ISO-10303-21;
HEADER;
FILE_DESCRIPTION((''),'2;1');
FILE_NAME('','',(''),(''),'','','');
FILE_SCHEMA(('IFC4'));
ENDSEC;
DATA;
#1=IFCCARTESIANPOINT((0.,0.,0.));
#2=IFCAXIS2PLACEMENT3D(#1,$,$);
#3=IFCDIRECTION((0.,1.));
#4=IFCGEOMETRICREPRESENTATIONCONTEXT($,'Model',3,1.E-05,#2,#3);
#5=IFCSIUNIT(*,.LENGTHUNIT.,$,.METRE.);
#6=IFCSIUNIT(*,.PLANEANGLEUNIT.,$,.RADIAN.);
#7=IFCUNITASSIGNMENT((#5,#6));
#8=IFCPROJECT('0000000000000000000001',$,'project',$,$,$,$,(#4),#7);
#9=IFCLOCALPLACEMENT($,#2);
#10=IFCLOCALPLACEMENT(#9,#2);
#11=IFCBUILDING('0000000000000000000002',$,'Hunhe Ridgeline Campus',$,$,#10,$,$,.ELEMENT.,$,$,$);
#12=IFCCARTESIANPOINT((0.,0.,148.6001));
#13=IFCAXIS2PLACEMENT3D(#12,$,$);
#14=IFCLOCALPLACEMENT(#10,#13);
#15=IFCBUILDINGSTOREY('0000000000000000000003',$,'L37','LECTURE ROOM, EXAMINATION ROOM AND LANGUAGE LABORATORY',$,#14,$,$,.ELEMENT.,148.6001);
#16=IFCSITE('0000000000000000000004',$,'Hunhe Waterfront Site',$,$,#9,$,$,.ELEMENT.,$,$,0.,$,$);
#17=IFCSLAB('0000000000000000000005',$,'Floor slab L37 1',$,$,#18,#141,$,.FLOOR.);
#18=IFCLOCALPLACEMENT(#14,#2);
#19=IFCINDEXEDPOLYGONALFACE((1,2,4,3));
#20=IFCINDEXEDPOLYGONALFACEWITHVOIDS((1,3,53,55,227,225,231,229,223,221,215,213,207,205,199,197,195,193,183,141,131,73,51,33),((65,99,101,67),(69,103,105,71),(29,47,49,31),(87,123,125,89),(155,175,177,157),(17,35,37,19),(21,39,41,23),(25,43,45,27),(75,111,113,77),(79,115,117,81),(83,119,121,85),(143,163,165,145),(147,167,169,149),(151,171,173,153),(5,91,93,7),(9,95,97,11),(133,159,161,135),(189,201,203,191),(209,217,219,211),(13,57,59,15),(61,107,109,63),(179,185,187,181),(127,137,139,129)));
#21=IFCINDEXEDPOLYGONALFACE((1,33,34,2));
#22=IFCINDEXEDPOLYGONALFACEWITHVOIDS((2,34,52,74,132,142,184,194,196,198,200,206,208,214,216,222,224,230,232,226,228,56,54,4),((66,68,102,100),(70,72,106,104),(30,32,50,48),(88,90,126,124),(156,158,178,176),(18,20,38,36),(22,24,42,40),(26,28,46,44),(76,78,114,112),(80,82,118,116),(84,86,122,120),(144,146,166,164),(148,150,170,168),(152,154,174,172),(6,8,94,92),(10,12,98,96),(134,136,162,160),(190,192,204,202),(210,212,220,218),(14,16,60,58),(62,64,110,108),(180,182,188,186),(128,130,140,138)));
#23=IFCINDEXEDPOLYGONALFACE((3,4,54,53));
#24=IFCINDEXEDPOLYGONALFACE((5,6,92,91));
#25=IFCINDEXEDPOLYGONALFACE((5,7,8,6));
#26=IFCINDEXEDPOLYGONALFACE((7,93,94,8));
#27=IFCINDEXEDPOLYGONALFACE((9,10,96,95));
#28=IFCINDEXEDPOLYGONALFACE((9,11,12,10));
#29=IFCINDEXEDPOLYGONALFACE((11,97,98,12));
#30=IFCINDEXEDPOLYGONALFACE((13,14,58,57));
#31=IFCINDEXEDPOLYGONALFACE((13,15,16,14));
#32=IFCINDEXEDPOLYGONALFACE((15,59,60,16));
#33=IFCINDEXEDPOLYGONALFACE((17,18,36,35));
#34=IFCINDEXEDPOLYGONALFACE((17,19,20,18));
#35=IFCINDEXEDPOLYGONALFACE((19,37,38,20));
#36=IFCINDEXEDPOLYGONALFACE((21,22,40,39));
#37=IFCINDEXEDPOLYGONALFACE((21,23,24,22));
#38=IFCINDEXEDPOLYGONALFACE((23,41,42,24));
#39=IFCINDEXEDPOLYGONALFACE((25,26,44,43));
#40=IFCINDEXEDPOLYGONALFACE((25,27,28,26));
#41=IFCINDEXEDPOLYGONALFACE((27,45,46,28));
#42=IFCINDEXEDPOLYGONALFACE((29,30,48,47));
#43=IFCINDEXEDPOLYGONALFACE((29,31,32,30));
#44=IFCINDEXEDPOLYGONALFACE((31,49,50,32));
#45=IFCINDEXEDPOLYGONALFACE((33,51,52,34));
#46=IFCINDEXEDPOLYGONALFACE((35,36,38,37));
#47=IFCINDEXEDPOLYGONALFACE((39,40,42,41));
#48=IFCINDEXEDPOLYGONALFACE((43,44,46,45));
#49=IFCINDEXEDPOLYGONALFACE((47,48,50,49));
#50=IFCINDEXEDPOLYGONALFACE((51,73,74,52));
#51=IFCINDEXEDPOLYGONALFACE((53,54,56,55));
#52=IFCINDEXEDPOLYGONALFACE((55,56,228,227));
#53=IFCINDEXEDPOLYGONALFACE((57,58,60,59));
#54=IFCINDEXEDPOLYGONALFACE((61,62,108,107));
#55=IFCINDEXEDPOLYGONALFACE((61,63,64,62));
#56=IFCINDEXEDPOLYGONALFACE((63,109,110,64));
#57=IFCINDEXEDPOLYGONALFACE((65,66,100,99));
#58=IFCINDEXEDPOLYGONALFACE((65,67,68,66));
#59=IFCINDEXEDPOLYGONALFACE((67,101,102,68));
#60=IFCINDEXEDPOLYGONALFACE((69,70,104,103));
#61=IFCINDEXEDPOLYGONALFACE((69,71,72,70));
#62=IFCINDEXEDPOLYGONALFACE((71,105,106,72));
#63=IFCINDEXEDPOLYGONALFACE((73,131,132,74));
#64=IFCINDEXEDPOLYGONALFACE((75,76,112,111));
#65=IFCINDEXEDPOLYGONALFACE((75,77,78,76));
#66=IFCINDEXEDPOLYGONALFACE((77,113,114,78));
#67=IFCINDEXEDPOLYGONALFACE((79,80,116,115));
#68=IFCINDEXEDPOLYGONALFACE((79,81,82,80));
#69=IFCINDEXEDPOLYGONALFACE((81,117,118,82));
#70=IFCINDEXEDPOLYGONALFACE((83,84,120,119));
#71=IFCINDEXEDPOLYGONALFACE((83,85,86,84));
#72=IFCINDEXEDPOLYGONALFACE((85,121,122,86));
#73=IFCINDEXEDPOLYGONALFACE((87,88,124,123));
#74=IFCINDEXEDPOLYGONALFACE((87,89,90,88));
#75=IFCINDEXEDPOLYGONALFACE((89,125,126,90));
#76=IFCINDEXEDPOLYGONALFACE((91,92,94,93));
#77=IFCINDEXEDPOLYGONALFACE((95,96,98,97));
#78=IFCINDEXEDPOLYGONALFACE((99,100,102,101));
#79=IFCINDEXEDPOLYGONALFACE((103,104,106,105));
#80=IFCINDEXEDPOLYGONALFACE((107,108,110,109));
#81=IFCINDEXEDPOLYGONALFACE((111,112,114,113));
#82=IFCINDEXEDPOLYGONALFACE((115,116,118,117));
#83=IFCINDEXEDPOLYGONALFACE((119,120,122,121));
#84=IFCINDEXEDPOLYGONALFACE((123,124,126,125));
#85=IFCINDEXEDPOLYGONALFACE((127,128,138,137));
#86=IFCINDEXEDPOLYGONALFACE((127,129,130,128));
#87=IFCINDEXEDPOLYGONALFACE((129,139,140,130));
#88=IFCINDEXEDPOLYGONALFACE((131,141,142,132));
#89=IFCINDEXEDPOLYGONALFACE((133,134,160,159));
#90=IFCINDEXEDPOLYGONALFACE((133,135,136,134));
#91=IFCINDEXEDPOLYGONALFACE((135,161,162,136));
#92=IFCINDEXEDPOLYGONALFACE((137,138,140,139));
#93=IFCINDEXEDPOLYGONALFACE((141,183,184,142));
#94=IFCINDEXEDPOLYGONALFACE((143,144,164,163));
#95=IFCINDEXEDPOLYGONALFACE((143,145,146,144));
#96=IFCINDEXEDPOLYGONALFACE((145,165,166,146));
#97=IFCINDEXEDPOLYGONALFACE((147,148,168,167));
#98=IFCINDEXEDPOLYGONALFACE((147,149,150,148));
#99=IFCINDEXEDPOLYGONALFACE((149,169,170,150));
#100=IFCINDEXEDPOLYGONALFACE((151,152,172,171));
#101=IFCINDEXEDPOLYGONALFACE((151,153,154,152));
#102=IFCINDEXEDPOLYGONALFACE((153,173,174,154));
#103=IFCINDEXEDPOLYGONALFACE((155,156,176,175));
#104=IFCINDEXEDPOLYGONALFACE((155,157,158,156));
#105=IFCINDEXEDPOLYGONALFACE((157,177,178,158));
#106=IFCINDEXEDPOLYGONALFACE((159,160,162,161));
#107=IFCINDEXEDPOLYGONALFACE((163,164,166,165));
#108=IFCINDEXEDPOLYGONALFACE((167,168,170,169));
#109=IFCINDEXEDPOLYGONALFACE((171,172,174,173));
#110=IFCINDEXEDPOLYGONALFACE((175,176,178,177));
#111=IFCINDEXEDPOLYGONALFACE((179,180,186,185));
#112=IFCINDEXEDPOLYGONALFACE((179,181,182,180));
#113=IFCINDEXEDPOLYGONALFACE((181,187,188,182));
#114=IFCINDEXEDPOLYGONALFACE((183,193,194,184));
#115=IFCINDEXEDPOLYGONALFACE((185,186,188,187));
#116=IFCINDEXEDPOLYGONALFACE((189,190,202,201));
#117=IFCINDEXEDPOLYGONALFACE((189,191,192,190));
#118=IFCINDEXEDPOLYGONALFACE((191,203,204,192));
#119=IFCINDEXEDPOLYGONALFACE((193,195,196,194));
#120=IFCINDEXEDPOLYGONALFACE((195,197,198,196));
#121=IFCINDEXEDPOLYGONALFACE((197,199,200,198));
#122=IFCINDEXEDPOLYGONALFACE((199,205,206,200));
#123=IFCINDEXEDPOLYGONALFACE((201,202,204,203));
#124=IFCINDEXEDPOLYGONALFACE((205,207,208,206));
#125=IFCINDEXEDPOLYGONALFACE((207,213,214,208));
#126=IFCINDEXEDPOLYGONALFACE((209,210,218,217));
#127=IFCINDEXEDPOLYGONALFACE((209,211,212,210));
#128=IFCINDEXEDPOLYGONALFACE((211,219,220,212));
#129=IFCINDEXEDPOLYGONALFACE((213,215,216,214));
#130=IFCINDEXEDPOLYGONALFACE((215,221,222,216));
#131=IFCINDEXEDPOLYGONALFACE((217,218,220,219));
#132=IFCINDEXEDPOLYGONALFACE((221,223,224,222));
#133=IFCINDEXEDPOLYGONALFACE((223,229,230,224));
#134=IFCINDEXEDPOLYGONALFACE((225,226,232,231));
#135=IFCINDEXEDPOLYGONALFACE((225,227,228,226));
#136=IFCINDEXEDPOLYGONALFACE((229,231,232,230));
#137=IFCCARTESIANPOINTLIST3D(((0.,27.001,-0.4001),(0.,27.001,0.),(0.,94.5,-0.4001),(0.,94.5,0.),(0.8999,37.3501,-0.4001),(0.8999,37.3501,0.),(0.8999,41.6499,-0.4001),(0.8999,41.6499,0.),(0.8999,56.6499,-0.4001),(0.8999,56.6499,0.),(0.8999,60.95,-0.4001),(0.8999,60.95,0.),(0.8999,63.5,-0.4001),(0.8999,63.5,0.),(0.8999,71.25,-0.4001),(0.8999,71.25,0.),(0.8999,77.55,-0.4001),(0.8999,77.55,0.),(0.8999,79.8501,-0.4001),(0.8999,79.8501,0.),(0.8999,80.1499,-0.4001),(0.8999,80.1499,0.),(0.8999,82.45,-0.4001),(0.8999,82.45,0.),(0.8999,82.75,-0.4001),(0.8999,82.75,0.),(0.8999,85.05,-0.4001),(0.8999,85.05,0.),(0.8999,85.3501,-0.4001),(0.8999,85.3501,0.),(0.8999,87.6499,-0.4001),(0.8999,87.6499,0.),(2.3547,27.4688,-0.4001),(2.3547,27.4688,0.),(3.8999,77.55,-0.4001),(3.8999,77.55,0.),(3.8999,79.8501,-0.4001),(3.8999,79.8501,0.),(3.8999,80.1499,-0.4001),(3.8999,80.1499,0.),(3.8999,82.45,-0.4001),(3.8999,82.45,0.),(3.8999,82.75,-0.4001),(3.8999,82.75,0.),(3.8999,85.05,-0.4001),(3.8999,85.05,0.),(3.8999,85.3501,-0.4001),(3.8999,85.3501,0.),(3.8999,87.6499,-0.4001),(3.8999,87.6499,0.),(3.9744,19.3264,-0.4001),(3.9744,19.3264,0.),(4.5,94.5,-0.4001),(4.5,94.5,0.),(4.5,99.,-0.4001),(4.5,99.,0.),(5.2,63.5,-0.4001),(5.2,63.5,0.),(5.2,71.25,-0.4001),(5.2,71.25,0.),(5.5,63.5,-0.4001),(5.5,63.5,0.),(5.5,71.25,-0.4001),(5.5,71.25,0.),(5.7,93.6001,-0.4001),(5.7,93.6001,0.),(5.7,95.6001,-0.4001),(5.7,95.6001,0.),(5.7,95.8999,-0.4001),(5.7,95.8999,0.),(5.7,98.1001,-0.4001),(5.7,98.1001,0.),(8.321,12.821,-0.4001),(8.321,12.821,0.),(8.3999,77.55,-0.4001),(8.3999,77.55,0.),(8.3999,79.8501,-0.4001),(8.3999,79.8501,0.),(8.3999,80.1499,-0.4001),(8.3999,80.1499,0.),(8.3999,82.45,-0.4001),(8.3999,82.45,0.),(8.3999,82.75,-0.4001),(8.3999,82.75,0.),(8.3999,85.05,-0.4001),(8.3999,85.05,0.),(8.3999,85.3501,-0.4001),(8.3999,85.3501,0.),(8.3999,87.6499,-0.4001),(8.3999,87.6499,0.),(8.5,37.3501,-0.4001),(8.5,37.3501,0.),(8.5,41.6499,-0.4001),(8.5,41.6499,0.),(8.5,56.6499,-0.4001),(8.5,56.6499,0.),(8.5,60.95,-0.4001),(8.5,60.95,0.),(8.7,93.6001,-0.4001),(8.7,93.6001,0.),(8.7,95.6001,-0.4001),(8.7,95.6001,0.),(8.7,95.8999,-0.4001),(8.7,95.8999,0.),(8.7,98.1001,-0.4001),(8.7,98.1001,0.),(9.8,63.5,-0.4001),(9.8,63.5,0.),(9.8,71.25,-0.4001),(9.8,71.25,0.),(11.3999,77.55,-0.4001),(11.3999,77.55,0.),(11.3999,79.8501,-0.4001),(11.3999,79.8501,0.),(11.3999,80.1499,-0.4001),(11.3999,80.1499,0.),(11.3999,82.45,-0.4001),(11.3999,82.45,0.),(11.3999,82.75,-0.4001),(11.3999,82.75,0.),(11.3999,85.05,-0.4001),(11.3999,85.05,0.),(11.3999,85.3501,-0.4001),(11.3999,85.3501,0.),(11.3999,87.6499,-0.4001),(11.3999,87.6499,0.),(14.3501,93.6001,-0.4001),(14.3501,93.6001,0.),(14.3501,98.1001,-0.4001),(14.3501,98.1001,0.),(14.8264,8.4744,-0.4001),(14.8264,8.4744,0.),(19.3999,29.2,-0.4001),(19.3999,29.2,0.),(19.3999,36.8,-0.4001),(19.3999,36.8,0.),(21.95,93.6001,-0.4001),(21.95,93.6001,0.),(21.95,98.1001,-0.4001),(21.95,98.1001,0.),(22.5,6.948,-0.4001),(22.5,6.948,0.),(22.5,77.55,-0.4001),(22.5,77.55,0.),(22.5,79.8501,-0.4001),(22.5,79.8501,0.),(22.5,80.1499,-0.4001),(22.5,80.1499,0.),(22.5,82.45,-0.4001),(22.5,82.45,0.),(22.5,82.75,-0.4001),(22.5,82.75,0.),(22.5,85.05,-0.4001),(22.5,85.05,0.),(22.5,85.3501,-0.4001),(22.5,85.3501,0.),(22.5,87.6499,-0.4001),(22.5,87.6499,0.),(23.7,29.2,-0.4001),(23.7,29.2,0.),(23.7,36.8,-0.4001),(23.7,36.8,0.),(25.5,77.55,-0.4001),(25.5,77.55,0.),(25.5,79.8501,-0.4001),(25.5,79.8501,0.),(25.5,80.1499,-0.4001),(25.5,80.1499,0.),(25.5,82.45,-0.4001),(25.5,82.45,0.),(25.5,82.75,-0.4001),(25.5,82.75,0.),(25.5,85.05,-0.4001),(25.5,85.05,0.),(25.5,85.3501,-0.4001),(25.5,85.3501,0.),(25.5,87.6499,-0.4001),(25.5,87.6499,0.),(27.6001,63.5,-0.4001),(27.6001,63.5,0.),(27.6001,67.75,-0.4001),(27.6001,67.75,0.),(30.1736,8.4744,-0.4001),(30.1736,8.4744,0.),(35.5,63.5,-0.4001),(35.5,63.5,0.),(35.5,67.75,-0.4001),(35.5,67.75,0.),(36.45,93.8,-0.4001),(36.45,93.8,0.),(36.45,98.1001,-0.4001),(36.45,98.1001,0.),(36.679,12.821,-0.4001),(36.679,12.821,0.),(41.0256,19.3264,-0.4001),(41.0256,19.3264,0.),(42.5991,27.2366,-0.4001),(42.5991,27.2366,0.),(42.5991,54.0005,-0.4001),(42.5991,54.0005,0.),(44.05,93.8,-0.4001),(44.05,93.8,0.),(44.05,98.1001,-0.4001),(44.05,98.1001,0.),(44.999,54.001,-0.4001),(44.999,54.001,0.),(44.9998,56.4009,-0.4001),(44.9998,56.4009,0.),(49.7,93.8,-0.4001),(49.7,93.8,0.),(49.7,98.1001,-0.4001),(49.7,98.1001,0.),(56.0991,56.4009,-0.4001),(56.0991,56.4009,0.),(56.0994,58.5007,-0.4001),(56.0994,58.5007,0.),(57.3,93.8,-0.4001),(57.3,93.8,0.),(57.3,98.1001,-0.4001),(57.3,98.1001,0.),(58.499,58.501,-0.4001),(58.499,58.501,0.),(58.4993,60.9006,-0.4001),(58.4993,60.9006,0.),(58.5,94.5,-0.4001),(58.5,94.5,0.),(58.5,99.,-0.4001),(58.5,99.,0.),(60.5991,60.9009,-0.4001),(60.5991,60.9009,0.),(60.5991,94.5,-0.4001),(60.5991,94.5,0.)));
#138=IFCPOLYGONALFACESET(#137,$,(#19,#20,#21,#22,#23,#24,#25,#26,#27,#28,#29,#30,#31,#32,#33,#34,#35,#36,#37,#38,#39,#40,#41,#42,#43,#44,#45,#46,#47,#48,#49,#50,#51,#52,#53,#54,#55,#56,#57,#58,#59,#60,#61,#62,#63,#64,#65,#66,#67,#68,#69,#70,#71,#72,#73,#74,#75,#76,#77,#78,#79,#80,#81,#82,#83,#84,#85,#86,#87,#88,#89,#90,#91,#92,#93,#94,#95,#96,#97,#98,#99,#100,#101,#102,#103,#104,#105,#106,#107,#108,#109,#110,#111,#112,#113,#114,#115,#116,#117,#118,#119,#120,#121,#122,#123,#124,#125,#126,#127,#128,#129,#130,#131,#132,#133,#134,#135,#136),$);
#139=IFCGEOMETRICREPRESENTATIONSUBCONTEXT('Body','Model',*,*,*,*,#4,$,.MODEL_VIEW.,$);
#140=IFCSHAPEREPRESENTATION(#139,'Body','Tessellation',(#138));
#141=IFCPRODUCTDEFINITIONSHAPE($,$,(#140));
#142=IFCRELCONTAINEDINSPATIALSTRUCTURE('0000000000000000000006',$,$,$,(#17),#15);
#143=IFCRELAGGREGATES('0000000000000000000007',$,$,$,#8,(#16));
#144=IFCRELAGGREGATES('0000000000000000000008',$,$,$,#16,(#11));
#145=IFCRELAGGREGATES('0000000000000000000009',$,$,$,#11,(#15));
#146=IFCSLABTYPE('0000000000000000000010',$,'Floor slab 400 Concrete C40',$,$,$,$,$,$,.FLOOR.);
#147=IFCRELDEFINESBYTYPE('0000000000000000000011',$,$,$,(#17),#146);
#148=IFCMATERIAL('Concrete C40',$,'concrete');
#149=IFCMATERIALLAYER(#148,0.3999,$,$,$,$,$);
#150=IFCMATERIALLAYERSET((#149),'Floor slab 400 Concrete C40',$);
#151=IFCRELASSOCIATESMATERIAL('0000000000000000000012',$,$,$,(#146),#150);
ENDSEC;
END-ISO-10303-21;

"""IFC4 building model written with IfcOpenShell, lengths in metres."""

from ifc_helpers import new_model, si_unit, direction, frame, origin, place, context, subcontext, project, spatial, polyline, outline, extrude, material, layer, layer_set, type_object, element, save


model = new_model("IFC4")

# Units and contexts
model_context = context("Model", 3, precision=1e-05, world=origin(), true_north=direction((0.0, 1.0)))
body_context = subcontext(model_context, "Body", "Model", "MODEL_VIEW")
ifc_project = project(units=[si_unit("LENGTHUNIT", "METRE"), si_unit("PLANEANGLEUNIT", "RADIAN")], contexts=[model_context])

# Site, building, storey
site_placement = place(None, origin())
site = spatial("IfcSite", under=ifc_project, at=site_placement, Name="Hunhe Waterfront Site", CompositionType="ELEMENT", RefElevation=0.0)
building_placement = place(site_placement, origin())
building = spatial("IfcBuilding", under=site, at=building_placement, Name="Hunhe Ridgeline Campus", CompositionType="ELEMENT")
storey_placement = place(building_placement, frame((0.0, 0.0, 148.6001)))
storey = spatial("IfcBuildingStorey", under=building, at=storey_placement, Name="L37", Description="LECTURE ROOM, EXAMINATION ROOM AND LANGUAGE LABORATORY", CompositionType="ELEMENT", Elevation=148.6001)

# Slab
ifc_material_1 = material(Name="Concrete C40", Category="concrete")
ifc_layer_1 = layer(ifc_material_1, 0.3999)
ifc_layer_set_1 = layer_set([ifc_layer_1], Name="Floor slab 400 Concrete C40")
slab_type_1 = type_object("IfcSlabType", Name="Floor slab 400 Concrete C40", PredefinedType="FLOOR", material=ifc_layer_set_1)
slab_1_placement = place(storey_placement, frame((0.0, 0.0, -0.4001)))
element("IfcSlab", 1, at=slab_1_placement, inside=storey, type_object=slab_type_1, Name="Floor slab L37 1", PredefinedType="FLOOR", context=body_context, shape_type="SweptSolid", body=[
    extrude(outline(polyline([(2.3547, 27.4688), (3.9744, 19.3264), (8.321, 12.821), (14.8264, 8.4744), (22.5, 6.948), (30.1736, 8.4744), (36.679, 12.821), (41.0256, 19.3264), (42.5991, 27.2366), (42.5991, 54.0005), (44.999, 54.001), (44.9998, 56.4009), (56.0991, 56.4009), (56.0994, 58.5007), (58.499, 58.501), (58.4993, 60.9006), (60.5991, 60.9009), (60.5991, 94.5), (58.5, 94.5), (58.5, 99.0), (4.5, 99.0), (4.5, 94.5), (0.0, 94.5), (0.0, 27.001), (2.3547, 27.4688)]), holes=[polyline([(49.7, 93.8), (57.3, 93.8), (57.3, 98.1001), (49.7, 98.1001), (49.7, 93.8)]), polyline([(44.05, 93.8), (44.05, 98.1001), (36.45, 98.1001), (36.45, 93.8), (44.05, 93.8)]), polyline([(35.5, 67.75), (27.6001, 67.75), (27.6001, 63.5), (35.5, 63.5), (35.5, 67.75)]), polyline([(25.5, 82.75), (25.5, 85.05), (22.5, 85.05), (22.5, 82.75), (25.5, 82.75)]), polyline([(25.5, 82.45), (22.5, 82.45), (22.5, 80.1499), (25.5, 80.1499), (25.5, 82.45)]), polyline([(22.5, 85.3501), (25.5, 85.3501), (25.5, 87.6499), (22.5, 87.6499), (22.5, 85.3501)]), polyline([(22.5, 79.8501), (22.5, 77.55), (25.5, 77.55), (25.5, 79.8501), (22.5, 79.8501)]), polyline([(19.3999, 29.2), (23.7, 29.2), (23.7, 36.8), (19.3999, 36.8), (19.3999, 29.2)]), polyline([(21.95, 93.6001), (21.95, 98.1001), (14.3501, 98.1001), (14.3501, 93.6001), (21.95, 93.6001)]), polyline([(8.3999, 79.8501), (8.3999, 77.55), (11.3999, 77.55), (11.3999, 79.8501), (8.3999, 79.8501)]), polyline([(8.3999, 85.3501), (11.3999, 85.3501), (11.3999, 87.6499), (8.3999, 87.6499), (8.3999, 85.3501)]), polyline([(11.3999, 82.45), (8.3999, 82.45), (8.3999, 80.1499), (11.3999, 80.1499), (11.3999, 82.45)]), polyline([(11.3999, 82.75), (11.3999, 85.05), (8.3999, 85.05), (8.3999, 82.75), (11.3999, 82.75)]), polyline([(5.5, 71.25), (5.5, 63.5), (9.8, 63.5), (9.8, 71.25), (5.5, 71.25)]), polyline([(8.7, 98.1001), (5.7, 98.1001), (5.7, 95.8999), (8.7, 95.8999), (8.7, 98.1001)]), polyline([(5.7, 95.6001), (5.7, 93.6001), (8.7, 93.6001), (8.7, 95.6001), (5.7, 95.6001)]), polyline([(0.8999, 60.95), (0.8999, 56.6499), (8.5, 56.6499), (8.5, 60.95), (0.8999, 60.95)]), polyline([(0.8999, 37.3501), (8.5, 37.3501), (8.5, 41.6499), (0.8999, 41.6499), (0.8999, 37.3501)]), polyline([(0.8999, 63.5), (5.2, 63.5), (5.2, 71.25), (0.8999, 71.25), (0.8999, 63.5)]), polyline([(3.8999, 82.75), (3.8999, 85.05), (0.8999, 85.05), (0.8999, 82.75), (3.8999, 82.75)]), polyline([(3.8999, 82.45), (0.8999, 82.45), (0.8999, 80.1499), (3.8999, 80.1499), (3.8999, 82.45)]), polyline([(0.8999, 85.3501), (3.8999, 85.3501), (3.8999, 87.6499), (0.8999, 87.6499), (0.8999, 85.3501)]), polyline([(0.8999, 79.8501), (0.8999, 77.55), (3.8999, 77.55), (3.8999, 79.8501), (0.8999, 79.8501)])]), origin(), (0.0, 0.0, 1.0), 0.4001),
])

save(model, "model.ifc")
